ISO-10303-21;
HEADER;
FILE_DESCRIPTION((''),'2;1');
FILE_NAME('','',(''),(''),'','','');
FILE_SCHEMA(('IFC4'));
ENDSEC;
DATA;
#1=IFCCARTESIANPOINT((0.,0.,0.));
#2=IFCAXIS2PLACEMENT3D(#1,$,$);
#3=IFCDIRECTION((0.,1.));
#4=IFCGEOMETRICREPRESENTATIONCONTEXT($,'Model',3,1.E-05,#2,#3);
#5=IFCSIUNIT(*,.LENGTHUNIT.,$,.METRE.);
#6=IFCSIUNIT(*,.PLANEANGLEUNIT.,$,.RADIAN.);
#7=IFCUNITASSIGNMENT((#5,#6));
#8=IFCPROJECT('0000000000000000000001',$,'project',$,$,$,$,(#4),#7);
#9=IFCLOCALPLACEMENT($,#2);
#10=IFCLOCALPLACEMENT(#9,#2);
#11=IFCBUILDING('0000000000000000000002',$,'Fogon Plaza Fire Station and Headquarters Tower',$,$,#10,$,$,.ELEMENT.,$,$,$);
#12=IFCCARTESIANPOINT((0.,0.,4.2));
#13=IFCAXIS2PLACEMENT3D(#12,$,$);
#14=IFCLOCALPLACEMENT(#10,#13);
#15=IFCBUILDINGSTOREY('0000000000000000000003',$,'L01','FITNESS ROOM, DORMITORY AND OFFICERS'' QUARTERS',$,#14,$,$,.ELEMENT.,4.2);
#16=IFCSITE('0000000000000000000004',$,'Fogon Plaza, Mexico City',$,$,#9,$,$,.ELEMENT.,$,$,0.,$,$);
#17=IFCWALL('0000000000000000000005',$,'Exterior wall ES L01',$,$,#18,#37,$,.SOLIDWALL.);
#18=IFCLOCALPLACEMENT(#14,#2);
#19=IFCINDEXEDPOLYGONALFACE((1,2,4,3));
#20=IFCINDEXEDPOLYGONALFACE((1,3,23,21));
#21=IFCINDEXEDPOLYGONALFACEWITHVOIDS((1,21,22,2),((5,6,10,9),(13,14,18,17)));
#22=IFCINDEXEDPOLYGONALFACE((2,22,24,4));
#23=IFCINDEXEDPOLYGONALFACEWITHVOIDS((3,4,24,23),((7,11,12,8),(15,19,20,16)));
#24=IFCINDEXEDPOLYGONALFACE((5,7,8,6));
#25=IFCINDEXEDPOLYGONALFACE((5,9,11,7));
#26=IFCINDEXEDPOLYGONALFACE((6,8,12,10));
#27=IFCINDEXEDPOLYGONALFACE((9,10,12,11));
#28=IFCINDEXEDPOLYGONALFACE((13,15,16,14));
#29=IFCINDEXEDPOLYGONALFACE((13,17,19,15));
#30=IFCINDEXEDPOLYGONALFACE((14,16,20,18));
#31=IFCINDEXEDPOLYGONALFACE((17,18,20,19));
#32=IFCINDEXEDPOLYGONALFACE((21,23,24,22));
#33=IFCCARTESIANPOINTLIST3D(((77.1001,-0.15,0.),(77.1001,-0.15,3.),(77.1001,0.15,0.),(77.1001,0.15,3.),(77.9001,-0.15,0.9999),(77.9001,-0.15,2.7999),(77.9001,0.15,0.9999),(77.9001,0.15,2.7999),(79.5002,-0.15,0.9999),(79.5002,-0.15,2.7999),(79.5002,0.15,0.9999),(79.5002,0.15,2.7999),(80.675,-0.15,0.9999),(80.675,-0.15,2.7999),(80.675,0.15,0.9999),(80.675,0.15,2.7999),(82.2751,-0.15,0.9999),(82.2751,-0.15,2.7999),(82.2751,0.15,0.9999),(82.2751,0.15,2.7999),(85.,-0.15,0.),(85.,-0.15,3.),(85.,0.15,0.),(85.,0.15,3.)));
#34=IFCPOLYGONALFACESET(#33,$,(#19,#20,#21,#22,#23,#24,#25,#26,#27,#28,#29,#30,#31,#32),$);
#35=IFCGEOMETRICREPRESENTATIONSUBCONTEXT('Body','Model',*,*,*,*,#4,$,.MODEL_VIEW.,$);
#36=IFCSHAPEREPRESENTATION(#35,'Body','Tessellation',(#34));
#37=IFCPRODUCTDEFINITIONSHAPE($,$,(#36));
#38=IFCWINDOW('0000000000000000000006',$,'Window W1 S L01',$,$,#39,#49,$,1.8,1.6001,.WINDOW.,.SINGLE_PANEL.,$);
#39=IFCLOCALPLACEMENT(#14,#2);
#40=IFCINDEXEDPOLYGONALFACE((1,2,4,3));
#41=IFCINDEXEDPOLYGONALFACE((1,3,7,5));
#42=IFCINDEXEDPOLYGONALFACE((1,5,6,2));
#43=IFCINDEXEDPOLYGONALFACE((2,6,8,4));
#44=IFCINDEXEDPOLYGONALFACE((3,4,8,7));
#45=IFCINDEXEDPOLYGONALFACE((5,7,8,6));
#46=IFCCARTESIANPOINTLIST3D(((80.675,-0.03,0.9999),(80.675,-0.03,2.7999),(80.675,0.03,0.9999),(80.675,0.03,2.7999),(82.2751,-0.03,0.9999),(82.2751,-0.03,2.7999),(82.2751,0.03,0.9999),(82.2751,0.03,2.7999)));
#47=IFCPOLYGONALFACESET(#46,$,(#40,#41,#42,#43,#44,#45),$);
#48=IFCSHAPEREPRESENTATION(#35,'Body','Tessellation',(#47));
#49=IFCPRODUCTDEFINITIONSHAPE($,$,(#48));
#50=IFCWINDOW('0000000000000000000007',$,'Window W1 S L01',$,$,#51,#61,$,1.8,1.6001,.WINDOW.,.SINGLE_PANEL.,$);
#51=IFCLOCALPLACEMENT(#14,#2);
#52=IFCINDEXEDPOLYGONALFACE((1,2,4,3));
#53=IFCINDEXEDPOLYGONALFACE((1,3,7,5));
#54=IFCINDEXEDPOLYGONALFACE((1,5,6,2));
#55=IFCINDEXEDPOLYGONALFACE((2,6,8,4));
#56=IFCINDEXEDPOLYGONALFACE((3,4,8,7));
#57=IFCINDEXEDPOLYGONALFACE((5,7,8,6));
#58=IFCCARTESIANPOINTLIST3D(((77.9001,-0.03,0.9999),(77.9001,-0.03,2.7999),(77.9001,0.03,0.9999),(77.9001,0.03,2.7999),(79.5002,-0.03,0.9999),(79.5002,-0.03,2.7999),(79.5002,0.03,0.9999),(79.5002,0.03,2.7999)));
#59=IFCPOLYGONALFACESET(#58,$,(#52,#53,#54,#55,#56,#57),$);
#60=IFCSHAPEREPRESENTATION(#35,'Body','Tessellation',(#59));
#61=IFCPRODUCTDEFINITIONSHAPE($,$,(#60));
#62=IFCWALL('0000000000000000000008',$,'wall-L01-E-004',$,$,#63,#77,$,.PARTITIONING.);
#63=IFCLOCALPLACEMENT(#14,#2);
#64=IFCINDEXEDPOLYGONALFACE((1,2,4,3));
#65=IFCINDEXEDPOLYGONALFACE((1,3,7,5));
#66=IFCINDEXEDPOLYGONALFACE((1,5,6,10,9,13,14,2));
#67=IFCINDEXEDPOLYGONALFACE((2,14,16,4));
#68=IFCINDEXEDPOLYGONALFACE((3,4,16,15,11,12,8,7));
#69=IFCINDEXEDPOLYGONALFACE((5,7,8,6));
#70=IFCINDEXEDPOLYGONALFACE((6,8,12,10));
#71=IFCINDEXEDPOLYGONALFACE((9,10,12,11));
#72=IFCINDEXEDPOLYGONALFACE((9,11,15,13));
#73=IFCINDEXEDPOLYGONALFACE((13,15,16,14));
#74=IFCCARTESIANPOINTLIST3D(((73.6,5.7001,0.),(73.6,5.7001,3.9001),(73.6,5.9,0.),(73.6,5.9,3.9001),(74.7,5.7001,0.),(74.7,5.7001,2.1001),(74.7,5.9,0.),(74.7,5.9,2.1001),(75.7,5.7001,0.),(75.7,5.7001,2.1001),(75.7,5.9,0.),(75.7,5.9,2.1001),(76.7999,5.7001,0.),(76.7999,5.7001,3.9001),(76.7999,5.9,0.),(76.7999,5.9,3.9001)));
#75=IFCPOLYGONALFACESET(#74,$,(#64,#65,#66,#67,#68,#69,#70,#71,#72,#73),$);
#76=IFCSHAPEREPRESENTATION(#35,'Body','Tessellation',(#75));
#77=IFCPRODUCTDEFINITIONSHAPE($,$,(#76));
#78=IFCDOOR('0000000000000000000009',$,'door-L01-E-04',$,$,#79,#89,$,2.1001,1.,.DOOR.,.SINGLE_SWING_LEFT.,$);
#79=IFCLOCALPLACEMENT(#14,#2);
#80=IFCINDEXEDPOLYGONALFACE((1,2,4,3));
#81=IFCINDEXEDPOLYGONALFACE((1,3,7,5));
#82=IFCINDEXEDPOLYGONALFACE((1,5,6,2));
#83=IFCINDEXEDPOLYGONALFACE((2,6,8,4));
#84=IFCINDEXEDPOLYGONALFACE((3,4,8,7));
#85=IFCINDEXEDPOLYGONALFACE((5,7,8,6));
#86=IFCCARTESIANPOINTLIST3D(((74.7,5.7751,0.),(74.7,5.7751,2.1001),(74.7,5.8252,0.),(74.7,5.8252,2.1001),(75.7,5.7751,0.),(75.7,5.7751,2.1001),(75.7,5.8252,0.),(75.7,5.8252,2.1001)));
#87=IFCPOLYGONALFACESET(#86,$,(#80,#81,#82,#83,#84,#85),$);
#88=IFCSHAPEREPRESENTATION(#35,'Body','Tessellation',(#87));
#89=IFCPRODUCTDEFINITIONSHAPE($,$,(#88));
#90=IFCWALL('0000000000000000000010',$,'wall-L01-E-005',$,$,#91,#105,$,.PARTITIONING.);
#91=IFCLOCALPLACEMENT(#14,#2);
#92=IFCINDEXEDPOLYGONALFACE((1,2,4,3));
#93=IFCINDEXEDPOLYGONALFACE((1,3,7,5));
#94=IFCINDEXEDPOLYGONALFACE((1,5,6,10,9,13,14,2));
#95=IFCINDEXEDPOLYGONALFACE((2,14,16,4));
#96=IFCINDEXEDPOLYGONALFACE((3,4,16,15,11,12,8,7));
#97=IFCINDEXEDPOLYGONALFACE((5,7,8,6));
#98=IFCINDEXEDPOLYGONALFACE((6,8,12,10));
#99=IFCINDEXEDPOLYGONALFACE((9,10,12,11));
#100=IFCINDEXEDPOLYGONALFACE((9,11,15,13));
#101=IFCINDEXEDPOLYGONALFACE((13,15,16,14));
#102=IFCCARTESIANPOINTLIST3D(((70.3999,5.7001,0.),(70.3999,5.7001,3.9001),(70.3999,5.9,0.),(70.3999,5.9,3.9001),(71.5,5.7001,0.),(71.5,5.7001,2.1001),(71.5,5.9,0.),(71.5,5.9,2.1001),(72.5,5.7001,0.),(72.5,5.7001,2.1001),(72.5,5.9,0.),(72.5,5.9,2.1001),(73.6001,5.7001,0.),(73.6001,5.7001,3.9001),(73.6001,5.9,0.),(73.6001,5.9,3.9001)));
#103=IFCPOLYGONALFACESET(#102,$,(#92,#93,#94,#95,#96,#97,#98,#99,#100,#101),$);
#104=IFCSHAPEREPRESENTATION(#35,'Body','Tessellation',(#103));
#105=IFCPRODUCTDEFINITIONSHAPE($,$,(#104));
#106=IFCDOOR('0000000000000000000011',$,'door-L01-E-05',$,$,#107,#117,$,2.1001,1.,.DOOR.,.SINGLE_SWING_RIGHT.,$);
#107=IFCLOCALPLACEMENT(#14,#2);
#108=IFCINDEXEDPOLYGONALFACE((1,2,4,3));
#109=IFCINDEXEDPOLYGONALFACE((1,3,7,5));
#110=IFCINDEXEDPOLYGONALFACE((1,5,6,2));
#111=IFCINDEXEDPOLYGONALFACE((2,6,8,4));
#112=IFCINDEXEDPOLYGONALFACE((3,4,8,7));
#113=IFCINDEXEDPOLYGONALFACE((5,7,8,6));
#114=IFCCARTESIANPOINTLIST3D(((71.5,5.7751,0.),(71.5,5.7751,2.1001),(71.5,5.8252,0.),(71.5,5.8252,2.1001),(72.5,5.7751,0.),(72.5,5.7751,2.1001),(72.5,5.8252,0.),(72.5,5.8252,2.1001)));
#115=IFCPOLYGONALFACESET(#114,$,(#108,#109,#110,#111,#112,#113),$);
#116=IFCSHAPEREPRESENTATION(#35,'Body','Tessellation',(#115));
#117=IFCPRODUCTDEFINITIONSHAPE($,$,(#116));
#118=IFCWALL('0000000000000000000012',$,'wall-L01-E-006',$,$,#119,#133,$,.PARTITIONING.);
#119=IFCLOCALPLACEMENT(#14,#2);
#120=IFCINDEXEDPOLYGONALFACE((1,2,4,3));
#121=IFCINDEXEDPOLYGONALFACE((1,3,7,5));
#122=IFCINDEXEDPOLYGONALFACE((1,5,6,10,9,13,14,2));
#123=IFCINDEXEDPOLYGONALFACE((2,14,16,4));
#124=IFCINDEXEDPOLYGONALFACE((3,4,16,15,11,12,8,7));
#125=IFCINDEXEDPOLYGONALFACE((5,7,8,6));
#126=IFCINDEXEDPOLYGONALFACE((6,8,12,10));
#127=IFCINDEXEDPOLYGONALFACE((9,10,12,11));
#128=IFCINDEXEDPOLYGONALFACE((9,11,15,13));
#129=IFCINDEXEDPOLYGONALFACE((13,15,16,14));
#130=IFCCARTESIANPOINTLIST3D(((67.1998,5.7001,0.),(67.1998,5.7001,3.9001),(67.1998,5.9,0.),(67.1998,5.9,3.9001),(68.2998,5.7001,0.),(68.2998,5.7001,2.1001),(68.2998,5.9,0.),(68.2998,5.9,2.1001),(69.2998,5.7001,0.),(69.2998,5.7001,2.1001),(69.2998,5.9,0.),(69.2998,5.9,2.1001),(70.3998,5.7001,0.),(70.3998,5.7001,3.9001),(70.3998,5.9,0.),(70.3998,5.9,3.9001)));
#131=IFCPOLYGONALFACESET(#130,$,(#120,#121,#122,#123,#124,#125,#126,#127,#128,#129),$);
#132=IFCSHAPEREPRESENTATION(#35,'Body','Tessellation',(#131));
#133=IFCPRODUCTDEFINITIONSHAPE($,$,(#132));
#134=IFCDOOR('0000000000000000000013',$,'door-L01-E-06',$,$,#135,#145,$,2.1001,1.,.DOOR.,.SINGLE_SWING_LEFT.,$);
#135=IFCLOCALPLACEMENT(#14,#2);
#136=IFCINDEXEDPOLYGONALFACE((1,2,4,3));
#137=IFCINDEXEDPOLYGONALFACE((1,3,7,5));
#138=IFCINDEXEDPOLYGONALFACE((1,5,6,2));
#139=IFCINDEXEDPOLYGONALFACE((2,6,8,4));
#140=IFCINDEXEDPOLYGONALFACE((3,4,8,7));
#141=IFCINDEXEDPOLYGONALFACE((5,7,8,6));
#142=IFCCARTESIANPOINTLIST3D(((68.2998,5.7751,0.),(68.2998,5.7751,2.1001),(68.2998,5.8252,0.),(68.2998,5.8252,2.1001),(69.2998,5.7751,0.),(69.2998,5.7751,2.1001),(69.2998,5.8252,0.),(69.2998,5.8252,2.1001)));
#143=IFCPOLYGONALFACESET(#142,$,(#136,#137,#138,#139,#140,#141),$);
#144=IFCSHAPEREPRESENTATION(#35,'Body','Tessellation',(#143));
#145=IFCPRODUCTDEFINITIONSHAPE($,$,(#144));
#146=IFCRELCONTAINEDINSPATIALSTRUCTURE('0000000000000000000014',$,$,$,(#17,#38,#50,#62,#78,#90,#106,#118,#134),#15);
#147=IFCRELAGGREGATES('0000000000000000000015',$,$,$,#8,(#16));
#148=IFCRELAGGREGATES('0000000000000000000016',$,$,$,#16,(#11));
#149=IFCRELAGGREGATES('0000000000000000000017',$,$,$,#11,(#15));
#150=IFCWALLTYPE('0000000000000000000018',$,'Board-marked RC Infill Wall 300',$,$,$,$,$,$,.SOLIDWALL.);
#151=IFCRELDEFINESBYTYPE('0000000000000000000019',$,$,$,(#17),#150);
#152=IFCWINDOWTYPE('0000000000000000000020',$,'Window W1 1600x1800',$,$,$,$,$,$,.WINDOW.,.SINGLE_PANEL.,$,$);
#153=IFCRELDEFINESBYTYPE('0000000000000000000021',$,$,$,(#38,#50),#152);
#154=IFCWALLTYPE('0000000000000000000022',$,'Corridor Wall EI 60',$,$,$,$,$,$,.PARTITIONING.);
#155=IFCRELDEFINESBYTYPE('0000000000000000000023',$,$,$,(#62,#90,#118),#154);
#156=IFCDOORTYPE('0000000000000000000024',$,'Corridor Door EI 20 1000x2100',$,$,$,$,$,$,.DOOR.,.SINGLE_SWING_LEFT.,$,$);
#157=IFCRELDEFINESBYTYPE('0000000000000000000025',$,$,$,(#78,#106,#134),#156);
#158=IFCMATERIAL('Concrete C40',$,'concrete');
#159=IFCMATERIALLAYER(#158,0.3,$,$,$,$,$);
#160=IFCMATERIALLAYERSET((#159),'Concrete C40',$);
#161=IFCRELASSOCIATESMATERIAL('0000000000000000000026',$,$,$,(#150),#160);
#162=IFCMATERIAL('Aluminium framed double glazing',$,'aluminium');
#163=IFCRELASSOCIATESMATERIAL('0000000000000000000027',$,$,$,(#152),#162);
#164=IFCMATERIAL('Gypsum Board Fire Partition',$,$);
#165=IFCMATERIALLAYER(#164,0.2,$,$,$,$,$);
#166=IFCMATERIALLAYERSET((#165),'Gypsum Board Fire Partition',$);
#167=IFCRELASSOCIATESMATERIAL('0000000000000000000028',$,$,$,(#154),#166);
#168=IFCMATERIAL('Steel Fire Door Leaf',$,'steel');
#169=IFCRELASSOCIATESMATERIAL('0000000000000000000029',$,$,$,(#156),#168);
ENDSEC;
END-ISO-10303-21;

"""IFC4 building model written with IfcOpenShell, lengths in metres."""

from ifc_helpers import new_model, si_unit, direction, frame, frame_2d, origin, place, context, subcontext, project, spatial, rectangle, extrude, material, layer, layer_set, type_object, element, fill, save


model = new_model("IFC4")

# Units and contexts
model_context = context("Model", 3, precision=1e-05, world=origin(), true_north=direction((0.0, 1.0)))
body_context = subcontext(model_context, "Body", "Model", "MODEL_VIEW")
ifc_project = project(units=[si_unit("LENGTHUNIT", "METRE"), si_unit("PLANEANGLEUNIT", "RADIAN")], contexts=[model_context])

# Site, building, storey
site_placement = place(None, origin())
site = spatial("IfcSite", under=ifc_project, at=site_placement, Name="Fogon Plaza, Mexico City", CompositionType="ELEMENT", RefElevation=0.0)
building_placement = place(site_placement, origin())
building = spatial("IfcBuilding", under=site, at=building_placement, Name="Fogon Plaza Fire Station and Headquarters Tower", CompositionType="ELEMENT")
storey_placement = place(building_placement, frame((0.0, 0.0, 4.2)))
storey = spatial("IfcBuildingStorey", under=building, at=storey_placement, Name="L01", Description="FITNESS ROOM, DORMITORY AND OFFICERS' QUARTERS", CompositionType="ELEMENT", Elevation=4.2)

# Wall, openings, windows
ifc_material_1 = material(Name="Concrete C40", Category="concrete")
ifc_layer_1 = layer(ifc_material_1, 0.3)
ifc_layer_set_1 = layer_set([ifc_layer_1], Name="Concrete C40")
wall_type_1 = type_object("IfcWallType", Name="Board-marked RC Infill Wall 300", PredefinedType="SOLIDWALL", material=ifc_layer_set_1)
wall_1_placement = place(storey_placement, frame((77.1001, 0.0, 0.0), z_axis=(0.0, 0.0, 1.0), x_axis=(1.0, 0.0, 0.0)))
wall_1 = element("IfcWall", 1, at=wall_1_placement, inside=storey, type_object=wall_type_1, Name="Exterior wall ES L01", PredefinedType="SOLIDWALL", context=body_context, shape_type="SweptSolid", body=[
    extrude(rectangle(XDim=7.8999, YDim=0.3, at=frame_2d((3.95, 0.0))), origin(), (0.0, 0.0, 1.0), 3.0),
])
opening_1_placement = place(wall_1_placement, frame((3.575, 0.0, 1.0)))
opening_1 = element("IfcOpeningElement", 2, at=opening_1_placement, cuts=wall_1, PredefinedType="OPENING", context=body_context, shape_type="SweptSolid", body=[
    extrude(rectangle(XDim=1.6001, YDim=1.8, at=frame_2d((0.8, 0.8999))), frame((0.0, 0.1599, 0.0), z_axis=(0.0, -1.0, 0.0), x_axis=(1.0, 0.0, 0.0)), (0.0, 0.0, 1.0), 0.3201),
])
opening_2_placement = place(wall_1_placement, frame((0.8, 0.0, 1.0)))
opening_2 = element("IfcOpeningElement", 3, at=opening_2_placement, cuts=wall_1, PredefinedType="OPENING", context=body_context, shape_type="SweptSolid", body=[
    extrude(rectangle(XDim=1.6001, YDim=1.8, at=frame_2d((0.8, 0.8999))), frame((0.0, 0.1599, 0.0), z_axis=(0.0, -1.0, 0.0), x_axis=(1.0, 0.0, 0.0)), (0.0, 0.0, 1.0), 0.3201),
])
ifc_material_2 = material(Name="Aluminium framed double glazing", Category="aluminium")
window_type = type_object("IfcWindowType", Name="Window W1 1600x1800", PartitioningType="SINGLE_PANEL", PredefinedType="WINDOW", material=ifc_material_2)
window_1_placement = place(opening_1_placement, origin())
window_1 = element("IfcWindow", 4, at=window_1_placement, inside=storey, type_object=window_type, Name="Window W1 S L01", OverallHeight=1.8, OverallWidth=1.6001, PartitioningType="SINGLE_PANEL", PredefinedType="WINDOW", context=body_context, shape_type="SweptSolid", body=[
    extrude(rectangle(XDim=1.6001, YDim=1.8, at=frame_2d((0.8, 0.8999))), frame((0.0, 0.03, 0.0), z_axis=(0.0, -1.0, 0.0), x_axis=(1.0, 0.0, 0.0)), (0.0, 0.0, 1.0), 0.0601),
])
fill(opening_1, window_1)
window_2_placement = place(opening_2_placement, origin())
window_2 = element("IfcWindow", 5, at=window_2_placement, inside=storey, type_object=window_type, Name="Window W1 S L01", OverallHeight=1.8, OverallWidth=1.6001, PartitioningType="SINGLE_PANEL", PredefinedType="WINDOW", context=body_context, shape_type="SweptSolid", body=[
    extrude(rectangle(XDim=1.6001, YDim=1.8, at=frame_2d((0.8, 0.8999))), frame((0.0, 0.03, 0.0), z_axis=(0.0, -1.0, 0.0), x_axis=(1.0, 0.0, 0.0)), (0.0, 0.0, 1.0), 0.0601),
])
fill(opening_2, window_2)

# Walls, openings, doors
ifc_material_3 = material(Name="Gypsum Board Fire Partition")
ifc_layer_2 = layer(ifc_material_3, 0.2)
ifc_layer_set_2 = layer_set([ifc_layer_2], Name="Gypsum Board Fire Partition")
wall_type_2 = type_object("IfcWallType", Name="Corridor Wall EI 60", PredefinedType="PARTITIONING", material=ifc_layer_set_2)
wall_2_placement = place(storey_placement, frame((76.8, 5.8, 0.0), z_axis=(0.0, 0.0, 1.0), x_axis=(-1.0, 0.0, 0.0)))
wall_2 = element("IfcWall", 6, at=wall_2_placement, inside=storey, type_object=wall_type_2, Name="wall-L01-E-004", PredefinedType="PARTITIONING", context=body_context, shape_type="SweptSolid", body=[
    extrude(rectangle(XDim=3.2, YDim=0.2, at=frame_2d((1.6001, 0.0))), origin(), (0.0, 0.0, 1.0), 3.9001),
])
opening_3_placement = place(wall_2_placement, frame((1.1001, 0.0, 0.0)))
opening_3 = element("IfcOpeningElement", 7, at=opening_3_placement, cuts=wall_2, PredefinedType="OPENING", context=body_context, shape_type="SweptSolid", body=[
    extrude(rectangle(XDim=1.0, YDim=2.1001, at=frame_2d((0.5, 1.05))), frame((0.0, 0.1099, 0.0), z_axis=(0.0, -1.0, 0.0), x_axis=(1.0, 0.0, 0.0)), (0.0, 0.0, 1.0), 0.22),
])
ifc_material_4 = material(Name="Steel Fire Door Leaf", Category="steel")
door_type_1 = type_object("IfcDoorType", Name="Corridor Door EI 20 1000x2100", OperationType="SINGLE_SWING_LEFT", PredefinedType="DOOR", material=ifc_material_4)
door_1_placement = place(opening_3_placement, origin())
door_1 = element("IfcDoor", 8, at=door_1_placement, inside=storey, type_object=door_type_1, Name="door-L01-E-04", OperationType="SINGLE_SWING_LEFT", OverallHeight=2.1001, OverallWidth=1.0, PredefinedType="DOOR", context=body_context, shape_type="SweptSolid", body=[
    extrude(rectangle(XDim=1.0, YDim=2.1001, at=frame_2d((0.5, 1.05))), frame((0.0, 0.0249, 0.0), z_axis=(0.0, -1.0, 0.0), x_axis=(1.0, 0.0, 0.0)), (0.0, 0.0, 1.0), 0.05),
])
fill(opening_3, door_1)
wall_3_placement = place(storey_placement, frame((73.6001, 5.8, 0.0), z_axis=(0.0, 0.0, 1.0), x_axis=(-1.0, 0.0, 0.0)))
wall_3 = element("IfcWall", 9, at=wall_3_placement, inside=storey, type_object=wall_type_2, Name="wall-L01-E-005", PredefinedType="PARTITIONING", context=body_context, shape_type="SweptSolid", body=[
    extrude(rectangle(XDim=3.2002, YDim=0.2, at=frame_2d((1.6001, 0.0))), origin(), (0.0, 0.0, 1.0), 3.9001),
])
opening_4_placement = place(wall_3_placement, frame((1.1001, 0.0, 0.0)))
opening_4 = element("IfcOpeningElement", 10, at=opening_4_placement, cuts=wall_3, PredefinedType="OPENING", context=body_context, shape_type="SweptSolid", body=[
    extrude(rectangle(XDim=1.0, YDim=2.1001, at=frame_2d((0.5, 1.05))), frame((0.0, 0.1099, 0.0), z_axis=(0.0, -1.0, 0.0), x_axis=(1.0, 0.0, 0.0)), (0.0, 0.0, 1.0), 0.22),
])
door_2_placement = place(opening_4_placement, origin())
door_2 = element("IfcDoor", 11, at=door_2_placement, inside=storey, type_object=door_type_1, Name="door-L01-E-05", OperationType="SINGLE_SWING_RIGHT", OverallHeight=2.1001, OverallWidth=1.0, PredefinedType="DOOR", context=body_context, shape_type="SweptSolid", body=[
    extrude(rectangle(XDim=1.0, YDim=2.1001, at=frame_2d((0.5, 1.05))), frame((0.0, 0.0249, 0.0), z_axis=(0.0, -1.0, 0.0), x_axis=(1.0, 0.0, 0.0)), (0.0, 0.0, 1.0), 0.05),
])
fill(opening_4, door_2)
wall_4_placement = place(storey_placement, frame((70.3999, 5.8, 0.0), z_axis=(0.0, 0.0, 1.0), x_axis=(-1.0, 0.0, 0.0)))
wall_4 = element("IfcWall", 12, at=wall_4_placement, inside=storey, type_object=wall_type_2, Name="wall-L01-E-006", PredefinedType="PARTITIONING", context=body_context, shape_type="SweptSolid", body=[
    extrude(rectangle(XDim=3.2, YDim=0.2, at=frame_2d((1.6001, 0.0))), origin(), (0.0, 0.0, 1.0), 3.9001),
])
opening_5_placement = place(wall_4_placement, frame((1.1001, 0.0, 0.0)))
opening_5 = element("IfcOpeningElement", 13, at=opening_5_placement, cuts=wall_4, PredefinedType="OPENING", context=body_context, shape_type="SweptSolid", body=[
    extrude(rectangle(XDim=1.0, YDim=2.1001, at=frame_2d((0.5, 1.05))), frame((0.0, 0.1099, 0.0), z_axis=(0.0, -1.0, 0.0), x_axis=(1.0, 0.0, 0.0)), (0.0, 0.0, 1.0), 0.22),
])
door_3_placement = place(opening_5_placement, origin())
door_3 = element("IfcDoor", 14, at=door_3_placement, inside=storey, type_object=door_type_1, Name="door-L01-E-06", OperationType="SINGLE_SWING_LEFT", OverallHeight=2.1001, OverallWidth=1.0, PredefinedType="DOOR", context=body_context, shape_type="SweptSolid", body=[
    extrude(rectangle(XDim=1.0, YDim=2.1001, at=frame_2d((0.5, 1.05))), frame((0.0, 0.0249, 0.0), z_axis=(0.0, -1.0, 0.0), x_axis=(1.0, 0.0, 0.0)), (0.0, 0.0, 1.0), 0.05),
])
fill(opening_5, door_3)

save(model, "model.ifc")
